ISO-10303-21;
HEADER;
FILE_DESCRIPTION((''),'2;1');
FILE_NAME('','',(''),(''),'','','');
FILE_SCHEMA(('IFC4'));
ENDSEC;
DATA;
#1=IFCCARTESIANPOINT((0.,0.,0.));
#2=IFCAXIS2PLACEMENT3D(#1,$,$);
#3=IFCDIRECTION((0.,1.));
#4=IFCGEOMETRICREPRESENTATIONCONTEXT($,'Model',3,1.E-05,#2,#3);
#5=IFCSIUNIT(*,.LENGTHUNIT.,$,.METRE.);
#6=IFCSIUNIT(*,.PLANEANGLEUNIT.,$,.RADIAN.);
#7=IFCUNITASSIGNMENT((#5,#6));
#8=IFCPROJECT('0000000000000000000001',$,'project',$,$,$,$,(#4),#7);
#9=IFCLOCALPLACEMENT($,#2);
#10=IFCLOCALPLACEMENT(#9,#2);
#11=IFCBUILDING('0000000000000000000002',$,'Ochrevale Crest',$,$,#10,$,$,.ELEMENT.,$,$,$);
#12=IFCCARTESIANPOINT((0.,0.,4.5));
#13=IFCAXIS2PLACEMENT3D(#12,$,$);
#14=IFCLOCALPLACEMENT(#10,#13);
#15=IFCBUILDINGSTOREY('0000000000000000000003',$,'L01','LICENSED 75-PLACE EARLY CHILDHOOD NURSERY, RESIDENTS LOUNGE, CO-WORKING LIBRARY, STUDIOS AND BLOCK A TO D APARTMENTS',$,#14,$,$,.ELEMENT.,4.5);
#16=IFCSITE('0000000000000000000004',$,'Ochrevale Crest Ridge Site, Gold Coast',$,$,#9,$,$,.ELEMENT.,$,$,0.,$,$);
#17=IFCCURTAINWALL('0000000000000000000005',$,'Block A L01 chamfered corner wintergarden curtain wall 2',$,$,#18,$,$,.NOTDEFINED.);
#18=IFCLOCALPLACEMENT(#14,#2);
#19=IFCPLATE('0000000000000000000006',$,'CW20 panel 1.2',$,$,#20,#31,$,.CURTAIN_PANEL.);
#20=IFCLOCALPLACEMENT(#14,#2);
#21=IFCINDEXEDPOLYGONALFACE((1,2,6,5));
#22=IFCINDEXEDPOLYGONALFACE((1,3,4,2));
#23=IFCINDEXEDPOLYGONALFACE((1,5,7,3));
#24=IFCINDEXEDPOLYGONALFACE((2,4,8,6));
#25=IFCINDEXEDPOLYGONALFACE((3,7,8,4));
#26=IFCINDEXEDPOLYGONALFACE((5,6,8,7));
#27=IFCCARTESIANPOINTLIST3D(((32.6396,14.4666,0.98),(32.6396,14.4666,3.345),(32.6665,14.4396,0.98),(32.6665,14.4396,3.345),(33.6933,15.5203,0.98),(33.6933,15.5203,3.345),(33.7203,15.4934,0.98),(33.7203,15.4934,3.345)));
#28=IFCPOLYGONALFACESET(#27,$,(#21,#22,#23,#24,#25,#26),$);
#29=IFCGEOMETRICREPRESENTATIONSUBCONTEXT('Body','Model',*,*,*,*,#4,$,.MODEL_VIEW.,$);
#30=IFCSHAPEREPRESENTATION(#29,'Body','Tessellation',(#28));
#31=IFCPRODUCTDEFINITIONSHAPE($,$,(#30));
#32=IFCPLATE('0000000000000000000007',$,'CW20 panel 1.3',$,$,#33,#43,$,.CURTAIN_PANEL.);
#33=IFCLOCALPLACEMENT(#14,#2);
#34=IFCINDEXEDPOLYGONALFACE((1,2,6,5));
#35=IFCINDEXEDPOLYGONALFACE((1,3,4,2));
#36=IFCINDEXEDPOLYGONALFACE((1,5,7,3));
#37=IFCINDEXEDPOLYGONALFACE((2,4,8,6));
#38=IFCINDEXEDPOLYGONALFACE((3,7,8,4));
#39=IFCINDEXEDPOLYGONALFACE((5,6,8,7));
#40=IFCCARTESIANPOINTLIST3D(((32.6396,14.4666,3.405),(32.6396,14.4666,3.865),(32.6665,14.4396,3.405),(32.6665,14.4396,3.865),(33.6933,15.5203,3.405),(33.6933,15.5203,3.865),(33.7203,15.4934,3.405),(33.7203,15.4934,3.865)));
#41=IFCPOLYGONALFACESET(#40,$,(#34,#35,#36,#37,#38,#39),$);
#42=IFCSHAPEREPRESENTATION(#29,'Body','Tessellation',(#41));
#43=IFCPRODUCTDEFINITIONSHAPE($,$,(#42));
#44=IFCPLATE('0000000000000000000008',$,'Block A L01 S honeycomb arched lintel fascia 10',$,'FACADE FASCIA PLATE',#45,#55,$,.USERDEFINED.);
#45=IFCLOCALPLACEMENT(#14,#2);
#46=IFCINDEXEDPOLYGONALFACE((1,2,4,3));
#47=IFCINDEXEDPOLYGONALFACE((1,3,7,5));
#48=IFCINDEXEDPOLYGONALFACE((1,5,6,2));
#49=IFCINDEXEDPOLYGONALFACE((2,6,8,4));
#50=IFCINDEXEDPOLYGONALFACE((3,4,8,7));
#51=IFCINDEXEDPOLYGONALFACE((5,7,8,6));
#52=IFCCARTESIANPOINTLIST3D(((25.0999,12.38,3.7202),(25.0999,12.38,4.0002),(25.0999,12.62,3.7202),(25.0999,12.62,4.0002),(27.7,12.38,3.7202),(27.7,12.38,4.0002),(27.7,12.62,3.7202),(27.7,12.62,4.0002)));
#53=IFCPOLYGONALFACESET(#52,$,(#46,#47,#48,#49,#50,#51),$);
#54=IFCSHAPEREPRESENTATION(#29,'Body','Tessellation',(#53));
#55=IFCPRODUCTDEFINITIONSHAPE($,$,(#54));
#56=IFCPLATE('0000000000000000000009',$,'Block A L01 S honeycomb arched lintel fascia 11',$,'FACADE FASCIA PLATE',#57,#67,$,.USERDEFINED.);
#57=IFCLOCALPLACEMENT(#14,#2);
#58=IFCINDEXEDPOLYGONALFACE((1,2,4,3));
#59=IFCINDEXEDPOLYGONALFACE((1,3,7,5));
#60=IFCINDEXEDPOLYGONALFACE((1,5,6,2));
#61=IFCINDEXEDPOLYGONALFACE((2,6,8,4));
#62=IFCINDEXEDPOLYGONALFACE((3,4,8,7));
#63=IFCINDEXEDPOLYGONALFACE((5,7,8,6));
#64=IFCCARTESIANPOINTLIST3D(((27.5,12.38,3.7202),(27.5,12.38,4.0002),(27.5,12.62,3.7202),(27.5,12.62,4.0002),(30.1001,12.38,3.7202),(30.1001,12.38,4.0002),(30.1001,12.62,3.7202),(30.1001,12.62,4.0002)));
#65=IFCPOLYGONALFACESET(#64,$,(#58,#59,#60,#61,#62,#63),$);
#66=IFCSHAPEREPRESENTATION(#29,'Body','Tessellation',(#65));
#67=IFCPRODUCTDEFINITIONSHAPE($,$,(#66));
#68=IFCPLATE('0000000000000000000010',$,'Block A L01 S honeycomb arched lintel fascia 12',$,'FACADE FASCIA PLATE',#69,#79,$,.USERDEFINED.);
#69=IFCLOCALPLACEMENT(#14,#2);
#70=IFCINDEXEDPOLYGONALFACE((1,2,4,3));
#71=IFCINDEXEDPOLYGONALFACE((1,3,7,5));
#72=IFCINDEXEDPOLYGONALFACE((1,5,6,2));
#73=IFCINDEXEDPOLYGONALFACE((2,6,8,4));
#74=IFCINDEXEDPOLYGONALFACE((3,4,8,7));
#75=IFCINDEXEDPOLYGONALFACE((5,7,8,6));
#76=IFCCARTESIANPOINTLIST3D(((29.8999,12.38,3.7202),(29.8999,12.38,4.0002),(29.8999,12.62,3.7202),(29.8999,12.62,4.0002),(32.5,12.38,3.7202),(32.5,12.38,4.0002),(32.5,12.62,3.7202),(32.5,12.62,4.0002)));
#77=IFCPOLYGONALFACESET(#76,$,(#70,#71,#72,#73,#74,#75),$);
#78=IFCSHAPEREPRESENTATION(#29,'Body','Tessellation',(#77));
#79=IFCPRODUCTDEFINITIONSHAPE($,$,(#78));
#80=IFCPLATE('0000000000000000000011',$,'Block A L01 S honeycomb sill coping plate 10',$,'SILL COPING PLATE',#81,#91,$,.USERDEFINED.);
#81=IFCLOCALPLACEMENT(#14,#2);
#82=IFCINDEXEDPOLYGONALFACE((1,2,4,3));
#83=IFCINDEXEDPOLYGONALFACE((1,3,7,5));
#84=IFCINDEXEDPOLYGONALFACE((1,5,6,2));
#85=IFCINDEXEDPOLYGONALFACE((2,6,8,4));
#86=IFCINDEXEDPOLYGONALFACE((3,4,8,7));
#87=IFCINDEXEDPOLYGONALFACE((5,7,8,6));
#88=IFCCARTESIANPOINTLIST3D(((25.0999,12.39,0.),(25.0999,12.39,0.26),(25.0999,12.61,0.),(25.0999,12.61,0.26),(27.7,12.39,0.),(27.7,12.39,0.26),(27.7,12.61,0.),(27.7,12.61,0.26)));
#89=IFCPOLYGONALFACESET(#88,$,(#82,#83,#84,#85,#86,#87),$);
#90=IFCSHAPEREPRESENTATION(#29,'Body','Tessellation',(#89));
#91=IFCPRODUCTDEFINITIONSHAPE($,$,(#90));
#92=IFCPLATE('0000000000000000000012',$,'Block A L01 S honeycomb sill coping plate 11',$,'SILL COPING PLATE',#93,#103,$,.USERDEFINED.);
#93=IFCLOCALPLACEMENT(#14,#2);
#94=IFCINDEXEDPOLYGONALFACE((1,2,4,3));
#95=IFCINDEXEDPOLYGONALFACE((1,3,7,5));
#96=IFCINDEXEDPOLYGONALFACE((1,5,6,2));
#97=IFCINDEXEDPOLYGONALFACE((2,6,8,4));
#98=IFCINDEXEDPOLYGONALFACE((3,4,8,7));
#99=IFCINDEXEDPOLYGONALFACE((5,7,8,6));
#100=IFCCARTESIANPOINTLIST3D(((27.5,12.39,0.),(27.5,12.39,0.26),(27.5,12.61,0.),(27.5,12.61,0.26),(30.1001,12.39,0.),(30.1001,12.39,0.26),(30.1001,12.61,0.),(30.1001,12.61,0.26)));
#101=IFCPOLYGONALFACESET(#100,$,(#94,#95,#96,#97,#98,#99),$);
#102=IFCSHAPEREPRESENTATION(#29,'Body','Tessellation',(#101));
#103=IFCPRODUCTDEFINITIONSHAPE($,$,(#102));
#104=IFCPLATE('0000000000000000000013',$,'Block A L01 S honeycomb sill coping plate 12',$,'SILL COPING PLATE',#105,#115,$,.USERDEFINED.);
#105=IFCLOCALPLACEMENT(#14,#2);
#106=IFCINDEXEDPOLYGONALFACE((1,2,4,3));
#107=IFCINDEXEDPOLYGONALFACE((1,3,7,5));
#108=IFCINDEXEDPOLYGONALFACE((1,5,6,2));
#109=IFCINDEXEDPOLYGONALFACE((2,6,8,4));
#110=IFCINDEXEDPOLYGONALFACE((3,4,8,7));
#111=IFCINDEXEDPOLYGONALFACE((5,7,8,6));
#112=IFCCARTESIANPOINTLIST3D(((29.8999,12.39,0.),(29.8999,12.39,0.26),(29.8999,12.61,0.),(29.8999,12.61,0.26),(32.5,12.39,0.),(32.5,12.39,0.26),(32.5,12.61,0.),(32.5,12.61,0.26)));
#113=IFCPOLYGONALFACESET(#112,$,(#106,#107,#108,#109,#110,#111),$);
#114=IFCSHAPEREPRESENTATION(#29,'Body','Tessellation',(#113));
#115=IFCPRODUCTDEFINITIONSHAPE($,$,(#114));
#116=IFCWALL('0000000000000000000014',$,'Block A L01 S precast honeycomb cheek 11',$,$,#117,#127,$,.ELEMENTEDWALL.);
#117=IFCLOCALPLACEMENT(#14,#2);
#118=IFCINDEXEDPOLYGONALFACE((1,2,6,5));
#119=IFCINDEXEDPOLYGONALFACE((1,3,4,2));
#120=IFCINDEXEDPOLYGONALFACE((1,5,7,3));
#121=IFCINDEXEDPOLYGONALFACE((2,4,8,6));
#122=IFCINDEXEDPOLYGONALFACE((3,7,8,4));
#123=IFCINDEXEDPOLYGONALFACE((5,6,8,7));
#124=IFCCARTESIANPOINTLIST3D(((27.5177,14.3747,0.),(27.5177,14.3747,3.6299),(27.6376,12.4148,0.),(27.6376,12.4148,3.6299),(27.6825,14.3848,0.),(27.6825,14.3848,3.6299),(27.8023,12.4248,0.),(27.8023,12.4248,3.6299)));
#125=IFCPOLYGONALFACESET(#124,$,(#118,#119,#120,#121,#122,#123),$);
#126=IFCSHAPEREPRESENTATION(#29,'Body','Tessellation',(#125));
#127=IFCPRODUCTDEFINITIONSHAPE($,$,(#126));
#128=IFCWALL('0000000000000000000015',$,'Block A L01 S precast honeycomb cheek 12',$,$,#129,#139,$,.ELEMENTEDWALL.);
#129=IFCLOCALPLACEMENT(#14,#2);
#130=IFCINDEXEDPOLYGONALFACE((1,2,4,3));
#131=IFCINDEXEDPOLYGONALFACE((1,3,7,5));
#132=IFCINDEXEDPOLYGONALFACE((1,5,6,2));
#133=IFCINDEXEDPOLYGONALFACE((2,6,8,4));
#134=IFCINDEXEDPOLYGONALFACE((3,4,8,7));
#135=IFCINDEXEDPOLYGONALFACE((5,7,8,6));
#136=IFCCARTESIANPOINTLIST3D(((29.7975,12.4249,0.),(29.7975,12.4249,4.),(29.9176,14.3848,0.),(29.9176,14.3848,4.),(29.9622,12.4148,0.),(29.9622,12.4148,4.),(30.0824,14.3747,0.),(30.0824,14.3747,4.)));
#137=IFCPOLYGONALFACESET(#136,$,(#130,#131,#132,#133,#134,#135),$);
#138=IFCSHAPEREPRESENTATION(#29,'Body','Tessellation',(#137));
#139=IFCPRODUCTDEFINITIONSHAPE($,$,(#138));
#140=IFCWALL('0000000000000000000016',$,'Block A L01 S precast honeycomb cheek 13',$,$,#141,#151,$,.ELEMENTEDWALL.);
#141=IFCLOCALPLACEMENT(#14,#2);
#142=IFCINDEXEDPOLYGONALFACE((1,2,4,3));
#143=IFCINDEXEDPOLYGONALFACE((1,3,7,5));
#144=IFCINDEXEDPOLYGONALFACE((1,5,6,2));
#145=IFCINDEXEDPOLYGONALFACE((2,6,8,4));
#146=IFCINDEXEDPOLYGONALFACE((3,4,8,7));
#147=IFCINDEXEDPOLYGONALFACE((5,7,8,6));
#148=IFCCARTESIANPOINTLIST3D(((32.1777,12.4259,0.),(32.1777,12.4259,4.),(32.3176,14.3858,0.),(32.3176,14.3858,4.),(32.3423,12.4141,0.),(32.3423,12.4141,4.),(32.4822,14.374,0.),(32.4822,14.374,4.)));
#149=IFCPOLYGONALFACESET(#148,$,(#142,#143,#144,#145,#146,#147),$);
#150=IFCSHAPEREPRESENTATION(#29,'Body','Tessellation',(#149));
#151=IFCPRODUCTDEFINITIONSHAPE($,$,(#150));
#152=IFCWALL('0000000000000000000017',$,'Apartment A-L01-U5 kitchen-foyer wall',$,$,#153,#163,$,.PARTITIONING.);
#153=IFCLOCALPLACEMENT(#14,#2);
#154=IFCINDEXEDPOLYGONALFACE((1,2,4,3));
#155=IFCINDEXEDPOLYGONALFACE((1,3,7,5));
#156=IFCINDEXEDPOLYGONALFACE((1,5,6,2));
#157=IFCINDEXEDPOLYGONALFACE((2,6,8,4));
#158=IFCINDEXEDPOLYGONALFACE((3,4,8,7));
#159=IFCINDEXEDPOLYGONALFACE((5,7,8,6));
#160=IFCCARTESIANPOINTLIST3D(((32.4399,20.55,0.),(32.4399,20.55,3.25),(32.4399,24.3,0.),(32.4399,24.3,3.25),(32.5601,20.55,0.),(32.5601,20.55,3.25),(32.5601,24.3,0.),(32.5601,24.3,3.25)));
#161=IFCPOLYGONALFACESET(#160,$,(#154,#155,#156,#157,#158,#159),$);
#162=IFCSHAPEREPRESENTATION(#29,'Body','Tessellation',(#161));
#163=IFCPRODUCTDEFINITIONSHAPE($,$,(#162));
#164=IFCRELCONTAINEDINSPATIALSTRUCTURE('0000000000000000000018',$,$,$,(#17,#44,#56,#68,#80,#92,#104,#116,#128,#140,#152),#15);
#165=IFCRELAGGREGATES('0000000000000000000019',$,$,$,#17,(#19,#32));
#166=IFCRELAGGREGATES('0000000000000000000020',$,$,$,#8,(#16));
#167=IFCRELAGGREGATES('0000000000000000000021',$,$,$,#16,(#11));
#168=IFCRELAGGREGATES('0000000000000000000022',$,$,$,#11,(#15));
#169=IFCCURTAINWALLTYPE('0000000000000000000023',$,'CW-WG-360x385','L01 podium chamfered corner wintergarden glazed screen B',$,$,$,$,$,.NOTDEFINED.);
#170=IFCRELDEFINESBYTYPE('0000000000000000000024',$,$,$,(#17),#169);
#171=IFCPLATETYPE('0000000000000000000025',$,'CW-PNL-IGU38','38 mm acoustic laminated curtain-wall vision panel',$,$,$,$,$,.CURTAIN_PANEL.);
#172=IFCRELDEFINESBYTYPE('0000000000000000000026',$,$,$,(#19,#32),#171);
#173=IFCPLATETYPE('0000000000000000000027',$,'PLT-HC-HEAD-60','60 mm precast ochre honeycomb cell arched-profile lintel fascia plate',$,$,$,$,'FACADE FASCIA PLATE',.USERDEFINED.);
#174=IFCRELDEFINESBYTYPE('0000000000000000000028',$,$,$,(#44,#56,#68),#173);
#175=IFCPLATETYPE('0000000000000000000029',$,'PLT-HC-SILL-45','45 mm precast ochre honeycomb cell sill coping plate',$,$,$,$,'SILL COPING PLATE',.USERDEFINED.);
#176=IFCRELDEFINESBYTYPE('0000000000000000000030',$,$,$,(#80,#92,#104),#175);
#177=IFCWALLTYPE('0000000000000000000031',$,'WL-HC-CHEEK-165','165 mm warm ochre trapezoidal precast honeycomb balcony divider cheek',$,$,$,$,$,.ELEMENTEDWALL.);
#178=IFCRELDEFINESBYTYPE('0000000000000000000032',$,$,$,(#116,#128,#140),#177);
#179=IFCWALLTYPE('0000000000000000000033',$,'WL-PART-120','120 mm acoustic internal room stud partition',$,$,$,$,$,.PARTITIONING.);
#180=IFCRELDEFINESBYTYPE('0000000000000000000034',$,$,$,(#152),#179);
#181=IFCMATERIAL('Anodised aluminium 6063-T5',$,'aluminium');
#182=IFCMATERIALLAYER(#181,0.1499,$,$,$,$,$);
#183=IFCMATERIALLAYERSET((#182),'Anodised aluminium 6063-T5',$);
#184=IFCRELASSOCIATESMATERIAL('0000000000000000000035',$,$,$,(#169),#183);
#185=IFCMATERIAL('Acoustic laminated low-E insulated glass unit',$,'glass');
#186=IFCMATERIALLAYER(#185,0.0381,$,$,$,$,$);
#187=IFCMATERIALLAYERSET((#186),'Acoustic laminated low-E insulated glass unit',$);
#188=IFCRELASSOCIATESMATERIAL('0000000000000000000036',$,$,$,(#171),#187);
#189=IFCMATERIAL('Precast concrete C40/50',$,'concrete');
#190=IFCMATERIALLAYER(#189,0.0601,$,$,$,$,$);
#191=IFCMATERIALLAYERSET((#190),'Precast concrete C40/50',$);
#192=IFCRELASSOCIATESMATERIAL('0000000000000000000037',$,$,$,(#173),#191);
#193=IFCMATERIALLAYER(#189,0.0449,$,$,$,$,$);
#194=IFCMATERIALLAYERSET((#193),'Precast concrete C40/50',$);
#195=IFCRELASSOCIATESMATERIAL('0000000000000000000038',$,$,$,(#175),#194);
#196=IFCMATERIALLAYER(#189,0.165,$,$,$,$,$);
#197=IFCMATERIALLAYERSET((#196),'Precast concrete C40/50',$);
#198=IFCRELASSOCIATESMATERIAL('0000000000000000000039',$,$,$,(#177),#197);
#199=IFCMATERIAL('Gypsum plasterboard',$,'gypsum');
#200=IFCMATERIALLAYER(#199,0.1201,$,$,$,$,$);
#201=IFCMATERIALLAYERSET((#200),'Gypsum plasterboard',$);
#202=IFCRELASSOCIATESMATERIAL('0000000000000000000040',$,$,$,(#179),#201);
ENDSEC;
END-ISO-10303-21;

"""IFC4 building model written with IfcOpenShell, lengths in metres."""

from ifc_helpers import new_model, si_unit, direction, frame, frame_2d, origin, origin_2d, place, context, subcontext, project, spatial, rectangle, extrude, material, layer, layer_set, type_object, element, aggregate, save


model = new_model("IFC4")

# Units and contexts
model_context = context("Model", 3, precision=1e-05, world=origin(), true_north=direction((0.0, 1.0)))
body_context = subcontext(model_context, "Body", "Model", "MODEL_VIEW")
ifc_project = project(units=[si_unit("LENGTHUNIT", "METRE"), si_unit("PLANEANGLEUNIT", "RADIAN")], contexts=[model_context])

# Site, building, storey
site_placement = place(None, origin())
site = spatial("IfcSite", under=ifc_project, at=site_placement, Name="Ochrevale Crest Ridge Site, Gold Coast", CompositionType="ELEMENT", RefElevation=0.0)
building_placement = place(site_placement, origin())
building = spatial("IfcBuilding", under=site, at=building_placement, Name="Ochrevale Crest", CompositionType="ELEMENT")
storey_placement = place(building_placement, frame((0.0, 0.0, 4.5)))
storey = spatial("IfcBuildingStorey", under=building, at=storey_placement, Name="L01", Description="LICENSED 75-PLACE EARLY CHILDHOOD NURSERY, RESIDENTS LOUNGE, CO-WORKING LIBRARY, STUDIOS AND BLOCK A TO D APARTMENTS", CompositionType="ELEMENT", Elevation=4.5)

# Curtain wall, plates
ifc_material_1 = material(Name="Anodised aluminium 6063-T5", Category="aluminium")
ifc_layer_1 = layer(ifc_material_1, 0.1499)
ifc_layer_set_1 = layer_set([ifc_layer_1], Name="Anodised aluminium 6063-T5")
curtain_wall_type = type_object("IfcCurtainWallType", Name="CW-WG-360x385", Description="L01 podium chamfered corner wintergarden glazed screen B", PredefinedType="NOTDEFINED", material=ifc_layer_set_1)
curtain_wall_placement = place(storey_placement, origin())
curtain_wall = element("IfcCurtainWall", 1, at=curtain_wall_placement, inside=storey, type_object=curtain_wall_type, Name="Block A L01 chamfered corner wintergarden curtain wall 2", PredefinedType="NOTDEFINED")
ifc_material_2 = material(Name="Acoustic laminated low-E insulated glass unit", Category="glass")
ifc_layer_2 = layer(ifc_material_2, 0.0381)
ifc_layer_set_2 = layer_set([ifc_layer_2], Name="Acoustic laminated low-E insulated glass unit")
plate_type_1 = type_object("IfcPlateType", Name="CW-PNL-IGU38", Description="38 mm acoustic laminated curtain-wall vision panel", PredefinedType="CURTAIN_PANEL", material=ifc_layer_set_2)
plate_1_placement = place(storey_placement, frame((33.1799, 14.98, 0.98), z_axis=(0.0, 0.0, 1.0), x_axis=(0.707107, 0.707107, 0.0)))
plate_1 = element("IfcPlate", 2, at=plate_1_placement, type_object=plate_type_1, Name="CW20 panel 1.2", PredefinedType="CURTAIN_PANEL", context=body_context, shape_type="SweptSolid", body=[
    extrude(rectangle(XDim=1.4902, YDim=0.0381, at=origin_2d()), origin(), (0.0, 0.0, 1.0), 2.365),
])
plate_2_placement = place(storey_placement, frame((33.1799, 14.98, 3.405), z_axis=(0.0, 0.0, 1.0), x_axis=(0.707107, 0.707107, 0.0)))
plate_2 = element("IfcPlate", 3, at=plate_2_placement, type_object=plate_type_1, Name="CW20 panel 1.3", PredefinedType="CURTAIN_PANEL", context=body_context, shape_type="SweptSolid", body=[
    extrude(rectangle(XDim=1.4902, YDim=0.0381, at=origin_2d()), origin(), (0.0, 0.0, 1.0), 0.46),
])
aggregate(curtain_wall, [plate_1, plate_2])

# Plates
ifc_material_3 = material(Name="Precast concrete C40/50", Category="concrete")
ifc_layer_3 = layer(ifc_material_3, 0.0601)
ifc_layer_set_3 = layer_set([ifc_layer_3], Name="Precast concrete C40/50")
plate_type_2 = type_object("IfcPlateType", Name="PLT-HC-HEAD-60", Description="60 mm precast ochre honeycomb cell arched-profile lintel fascia plate", ElementType="FACADE FASCIA PLATE", PredefinedType="USERDEFINED", material=ifc_layer_set_3)
for number, where, z_axis, x_axis, name in (
    (4, (26.3999, 12.5, 3.7202), (0.0, 0.0, 1.0), (1.0, 0.0, 0.0), "Block A L01 S honeycomb arched lintel fascia 10"),
    (5, (28.8, 12.5, 3.7202), (0.0, 0.0, 1.0), (1.0, 0.0, 0.0), "Block A L01 S honeycomb arched lintel fascia 11"),
    (6, (31.2, 12.5, 3.7202), (0.0, 0.0, 1.0), (1.0, 0.0, 0.0), "Block A L01 S honeycomb arched lintel fascia 12"),
):
    element("IfcPlate", number, at=place(storey_placement, frame(where, z_axis=z_axis, x_axis=x_axis)), inside=storey, type_object=plate_type_2, Name=name, ObjectType="FACADE FASCIA PLATE", PredefinedType="USERDEFINED", context=body_context, shape_type="SweptSolid", body=[
        extrude(rectangle(XDim=2.6001, YDim=0.24, at=origin_2d()), origin(), (0.0, 0.0, 1.0), 0.28),
    ])
ifc_layer_4 = layer(ifc_material_3, 0.0449)
ifc_layer_set_4 = layer_set([ifc_layer_4], Name="Precast concrete C40/50")
plate_type_3 = type_object("IfcPlateType", Name="PLT-HC-SILL-45", Description="45 mm precast ochre honeycomb cell sill coping plate", ElementType="SILL COPING PLATE", PredefinedType="USERDEFINED", material=ifc_layer_set_4)
for number, where, z_axis, x_axis, name in (
    (7, (26.3999, 12.5, 0.0), (0.0, 0.0, 1.0), (1.0, 0.0, 0.0), "Block A L01 S honeycomb sill coping plate 10"),
    (8, (28.8, 12.5, 0.0), (0.0, 0.0, 1.0), (1.0, 0.0, 0.0), "Block A L01 S honeycomb sill coping plate 11"),
    (9, (31.2, 12.5, 0.0), (0.0, 0.0, 1.0), (1.0, 0.0, 0.0), "Block A L01 S honeycomb sill coping plate 12"),
):
    element("IfcPlate", number, at=place(storey_placement, frame(where, z_axis=z_axis, x_axis=x_axis)), inside=storey, type_object=plate_type_3, Name=name, ObjectType="SILL COPING PLATE", PredefinedType="USERDEFINED", context=body_context, shape_type="SweptSolid", body=[
        extrude(rectangle(XDim=2.6001, YDim=0.22, at=origin_2d()), origin(), (0.0, 0.0, 1.0), 0.26),
    ])

# Walls
ifc_layer_5 = layer(ifc_material_3, 0.165)
ifc_layer_set_5 = layer_set([ifc_layer_5], Name="Precast concrete C40/50")
wall_type_1 = type_object("IfcWallType", Name="WL-HC-CHEEK-165", Description="165 mm warm ochre trapezoidal precast honeycomb balcony divider cheek", PredefinedType="ELEMENTEDWALL", material=ifc_layer_set_5)
wall_1_placement = place(storey_placement, frame((27.6001, 14.3799, 0.0), z_axis=(0.0, 0.0, 1.0), x_axis=(0.061047, -0.998135, 0.0)))
element("IfcWall", 10, at=wall_1_placement, inside=storey, type_object=wall_type_1, Name="Block A L01 S precast honeycomb cheek 11", PredefinedType="ELEMENTEDWALL", context=body_context, shape_type="SweptSolid", body=[
    extrude(rectangle(XDim=1.9636, YDim=0.165, at=frame_2d((0.9819, 0.0))), origin(), (0.0, 0.0, 1.0), 3.6299),
])
wall_2_placement = place(storey_placement, frame((30.0, 14.3799, 0.0), z_axis=(0.0, 0.0, 1.0), x_axis=(-0.061171, -0.998127, 0.0)))
element("IfcWall", 11, at=wall_2_placement, inside=storey, type_object=wall_type_1, Name="Block A L01 S precast honeycomb cheek 12", PredefinedType="ELEMENTEDWALL", context=body_context, shape_type="SweptSolid", body=[
    extrude(rectangle(XDim=1.9636, YDim=0.165, at=frame_2d((0.9819, 0.0))), origin(), (0.0, 0.0, 1.0), 4.0),
])
wall_3_placement = place(storey_placement, frame((32.3999, 14.3799, 0.0), z_axis=(0.0, 0.0, 1.0), x_axis=(-0.071194, -0.997462, 0.0)))
element("IfcWall", 12, at=wall_3_placement, inside=storey, type_object=wall_type_1, Name="Block A L01 S precast honeycomb cheek 13", PredefinedType="ELEMENTEDWALL", context=body_context, shape_type="SweptSolid", body=[
    extrude(rectangle(XDim=1.9648, YDim=0.165, at=frame_2d((0.9824, 0.0))), origin(), (0.0, 0.0, 1.0), 4.0),
])
ifc_material_4 = material(Name="Gypsum plasterboard", Category="gypsum")
ifc_layer_6 = layer(ifc_material_4, 0.1201)
ifc_layer_set_6 = layer_set([ifc_layer_6], Name="Gypsum plasterboard")
wall_type_2 = type_object("IfcWallType", Name="WL-PART-120", Description="120 mm acoustic internal room stud partition", PredefinedType="PARTITIONING", material=ifc_layer_set_6)
wall_4_placement = place(storey_placement, frame((32.5, 20.55, 0.0), z_axis=(0.0, 0.0, 1.0), x_axis=(0.0, 1.0, 0.0)))
element("IfcWall", 13, at=wall_4_placement, inside=storey, type_object=wall_type_2, Name="Apartment A-L01-U5 kitchen-foyer wall", PredefinedType="PARTITIONING", context=body_context, shape_type="SweptSolid", body=[
    extrude(rectangle(XDim=3.75, YDim=0.1201, at=frame_2d((1.875, 0.0))), origin(), (0.0, 0.0, 1.0), 3.25),
])

save(model, "model.ifc")
